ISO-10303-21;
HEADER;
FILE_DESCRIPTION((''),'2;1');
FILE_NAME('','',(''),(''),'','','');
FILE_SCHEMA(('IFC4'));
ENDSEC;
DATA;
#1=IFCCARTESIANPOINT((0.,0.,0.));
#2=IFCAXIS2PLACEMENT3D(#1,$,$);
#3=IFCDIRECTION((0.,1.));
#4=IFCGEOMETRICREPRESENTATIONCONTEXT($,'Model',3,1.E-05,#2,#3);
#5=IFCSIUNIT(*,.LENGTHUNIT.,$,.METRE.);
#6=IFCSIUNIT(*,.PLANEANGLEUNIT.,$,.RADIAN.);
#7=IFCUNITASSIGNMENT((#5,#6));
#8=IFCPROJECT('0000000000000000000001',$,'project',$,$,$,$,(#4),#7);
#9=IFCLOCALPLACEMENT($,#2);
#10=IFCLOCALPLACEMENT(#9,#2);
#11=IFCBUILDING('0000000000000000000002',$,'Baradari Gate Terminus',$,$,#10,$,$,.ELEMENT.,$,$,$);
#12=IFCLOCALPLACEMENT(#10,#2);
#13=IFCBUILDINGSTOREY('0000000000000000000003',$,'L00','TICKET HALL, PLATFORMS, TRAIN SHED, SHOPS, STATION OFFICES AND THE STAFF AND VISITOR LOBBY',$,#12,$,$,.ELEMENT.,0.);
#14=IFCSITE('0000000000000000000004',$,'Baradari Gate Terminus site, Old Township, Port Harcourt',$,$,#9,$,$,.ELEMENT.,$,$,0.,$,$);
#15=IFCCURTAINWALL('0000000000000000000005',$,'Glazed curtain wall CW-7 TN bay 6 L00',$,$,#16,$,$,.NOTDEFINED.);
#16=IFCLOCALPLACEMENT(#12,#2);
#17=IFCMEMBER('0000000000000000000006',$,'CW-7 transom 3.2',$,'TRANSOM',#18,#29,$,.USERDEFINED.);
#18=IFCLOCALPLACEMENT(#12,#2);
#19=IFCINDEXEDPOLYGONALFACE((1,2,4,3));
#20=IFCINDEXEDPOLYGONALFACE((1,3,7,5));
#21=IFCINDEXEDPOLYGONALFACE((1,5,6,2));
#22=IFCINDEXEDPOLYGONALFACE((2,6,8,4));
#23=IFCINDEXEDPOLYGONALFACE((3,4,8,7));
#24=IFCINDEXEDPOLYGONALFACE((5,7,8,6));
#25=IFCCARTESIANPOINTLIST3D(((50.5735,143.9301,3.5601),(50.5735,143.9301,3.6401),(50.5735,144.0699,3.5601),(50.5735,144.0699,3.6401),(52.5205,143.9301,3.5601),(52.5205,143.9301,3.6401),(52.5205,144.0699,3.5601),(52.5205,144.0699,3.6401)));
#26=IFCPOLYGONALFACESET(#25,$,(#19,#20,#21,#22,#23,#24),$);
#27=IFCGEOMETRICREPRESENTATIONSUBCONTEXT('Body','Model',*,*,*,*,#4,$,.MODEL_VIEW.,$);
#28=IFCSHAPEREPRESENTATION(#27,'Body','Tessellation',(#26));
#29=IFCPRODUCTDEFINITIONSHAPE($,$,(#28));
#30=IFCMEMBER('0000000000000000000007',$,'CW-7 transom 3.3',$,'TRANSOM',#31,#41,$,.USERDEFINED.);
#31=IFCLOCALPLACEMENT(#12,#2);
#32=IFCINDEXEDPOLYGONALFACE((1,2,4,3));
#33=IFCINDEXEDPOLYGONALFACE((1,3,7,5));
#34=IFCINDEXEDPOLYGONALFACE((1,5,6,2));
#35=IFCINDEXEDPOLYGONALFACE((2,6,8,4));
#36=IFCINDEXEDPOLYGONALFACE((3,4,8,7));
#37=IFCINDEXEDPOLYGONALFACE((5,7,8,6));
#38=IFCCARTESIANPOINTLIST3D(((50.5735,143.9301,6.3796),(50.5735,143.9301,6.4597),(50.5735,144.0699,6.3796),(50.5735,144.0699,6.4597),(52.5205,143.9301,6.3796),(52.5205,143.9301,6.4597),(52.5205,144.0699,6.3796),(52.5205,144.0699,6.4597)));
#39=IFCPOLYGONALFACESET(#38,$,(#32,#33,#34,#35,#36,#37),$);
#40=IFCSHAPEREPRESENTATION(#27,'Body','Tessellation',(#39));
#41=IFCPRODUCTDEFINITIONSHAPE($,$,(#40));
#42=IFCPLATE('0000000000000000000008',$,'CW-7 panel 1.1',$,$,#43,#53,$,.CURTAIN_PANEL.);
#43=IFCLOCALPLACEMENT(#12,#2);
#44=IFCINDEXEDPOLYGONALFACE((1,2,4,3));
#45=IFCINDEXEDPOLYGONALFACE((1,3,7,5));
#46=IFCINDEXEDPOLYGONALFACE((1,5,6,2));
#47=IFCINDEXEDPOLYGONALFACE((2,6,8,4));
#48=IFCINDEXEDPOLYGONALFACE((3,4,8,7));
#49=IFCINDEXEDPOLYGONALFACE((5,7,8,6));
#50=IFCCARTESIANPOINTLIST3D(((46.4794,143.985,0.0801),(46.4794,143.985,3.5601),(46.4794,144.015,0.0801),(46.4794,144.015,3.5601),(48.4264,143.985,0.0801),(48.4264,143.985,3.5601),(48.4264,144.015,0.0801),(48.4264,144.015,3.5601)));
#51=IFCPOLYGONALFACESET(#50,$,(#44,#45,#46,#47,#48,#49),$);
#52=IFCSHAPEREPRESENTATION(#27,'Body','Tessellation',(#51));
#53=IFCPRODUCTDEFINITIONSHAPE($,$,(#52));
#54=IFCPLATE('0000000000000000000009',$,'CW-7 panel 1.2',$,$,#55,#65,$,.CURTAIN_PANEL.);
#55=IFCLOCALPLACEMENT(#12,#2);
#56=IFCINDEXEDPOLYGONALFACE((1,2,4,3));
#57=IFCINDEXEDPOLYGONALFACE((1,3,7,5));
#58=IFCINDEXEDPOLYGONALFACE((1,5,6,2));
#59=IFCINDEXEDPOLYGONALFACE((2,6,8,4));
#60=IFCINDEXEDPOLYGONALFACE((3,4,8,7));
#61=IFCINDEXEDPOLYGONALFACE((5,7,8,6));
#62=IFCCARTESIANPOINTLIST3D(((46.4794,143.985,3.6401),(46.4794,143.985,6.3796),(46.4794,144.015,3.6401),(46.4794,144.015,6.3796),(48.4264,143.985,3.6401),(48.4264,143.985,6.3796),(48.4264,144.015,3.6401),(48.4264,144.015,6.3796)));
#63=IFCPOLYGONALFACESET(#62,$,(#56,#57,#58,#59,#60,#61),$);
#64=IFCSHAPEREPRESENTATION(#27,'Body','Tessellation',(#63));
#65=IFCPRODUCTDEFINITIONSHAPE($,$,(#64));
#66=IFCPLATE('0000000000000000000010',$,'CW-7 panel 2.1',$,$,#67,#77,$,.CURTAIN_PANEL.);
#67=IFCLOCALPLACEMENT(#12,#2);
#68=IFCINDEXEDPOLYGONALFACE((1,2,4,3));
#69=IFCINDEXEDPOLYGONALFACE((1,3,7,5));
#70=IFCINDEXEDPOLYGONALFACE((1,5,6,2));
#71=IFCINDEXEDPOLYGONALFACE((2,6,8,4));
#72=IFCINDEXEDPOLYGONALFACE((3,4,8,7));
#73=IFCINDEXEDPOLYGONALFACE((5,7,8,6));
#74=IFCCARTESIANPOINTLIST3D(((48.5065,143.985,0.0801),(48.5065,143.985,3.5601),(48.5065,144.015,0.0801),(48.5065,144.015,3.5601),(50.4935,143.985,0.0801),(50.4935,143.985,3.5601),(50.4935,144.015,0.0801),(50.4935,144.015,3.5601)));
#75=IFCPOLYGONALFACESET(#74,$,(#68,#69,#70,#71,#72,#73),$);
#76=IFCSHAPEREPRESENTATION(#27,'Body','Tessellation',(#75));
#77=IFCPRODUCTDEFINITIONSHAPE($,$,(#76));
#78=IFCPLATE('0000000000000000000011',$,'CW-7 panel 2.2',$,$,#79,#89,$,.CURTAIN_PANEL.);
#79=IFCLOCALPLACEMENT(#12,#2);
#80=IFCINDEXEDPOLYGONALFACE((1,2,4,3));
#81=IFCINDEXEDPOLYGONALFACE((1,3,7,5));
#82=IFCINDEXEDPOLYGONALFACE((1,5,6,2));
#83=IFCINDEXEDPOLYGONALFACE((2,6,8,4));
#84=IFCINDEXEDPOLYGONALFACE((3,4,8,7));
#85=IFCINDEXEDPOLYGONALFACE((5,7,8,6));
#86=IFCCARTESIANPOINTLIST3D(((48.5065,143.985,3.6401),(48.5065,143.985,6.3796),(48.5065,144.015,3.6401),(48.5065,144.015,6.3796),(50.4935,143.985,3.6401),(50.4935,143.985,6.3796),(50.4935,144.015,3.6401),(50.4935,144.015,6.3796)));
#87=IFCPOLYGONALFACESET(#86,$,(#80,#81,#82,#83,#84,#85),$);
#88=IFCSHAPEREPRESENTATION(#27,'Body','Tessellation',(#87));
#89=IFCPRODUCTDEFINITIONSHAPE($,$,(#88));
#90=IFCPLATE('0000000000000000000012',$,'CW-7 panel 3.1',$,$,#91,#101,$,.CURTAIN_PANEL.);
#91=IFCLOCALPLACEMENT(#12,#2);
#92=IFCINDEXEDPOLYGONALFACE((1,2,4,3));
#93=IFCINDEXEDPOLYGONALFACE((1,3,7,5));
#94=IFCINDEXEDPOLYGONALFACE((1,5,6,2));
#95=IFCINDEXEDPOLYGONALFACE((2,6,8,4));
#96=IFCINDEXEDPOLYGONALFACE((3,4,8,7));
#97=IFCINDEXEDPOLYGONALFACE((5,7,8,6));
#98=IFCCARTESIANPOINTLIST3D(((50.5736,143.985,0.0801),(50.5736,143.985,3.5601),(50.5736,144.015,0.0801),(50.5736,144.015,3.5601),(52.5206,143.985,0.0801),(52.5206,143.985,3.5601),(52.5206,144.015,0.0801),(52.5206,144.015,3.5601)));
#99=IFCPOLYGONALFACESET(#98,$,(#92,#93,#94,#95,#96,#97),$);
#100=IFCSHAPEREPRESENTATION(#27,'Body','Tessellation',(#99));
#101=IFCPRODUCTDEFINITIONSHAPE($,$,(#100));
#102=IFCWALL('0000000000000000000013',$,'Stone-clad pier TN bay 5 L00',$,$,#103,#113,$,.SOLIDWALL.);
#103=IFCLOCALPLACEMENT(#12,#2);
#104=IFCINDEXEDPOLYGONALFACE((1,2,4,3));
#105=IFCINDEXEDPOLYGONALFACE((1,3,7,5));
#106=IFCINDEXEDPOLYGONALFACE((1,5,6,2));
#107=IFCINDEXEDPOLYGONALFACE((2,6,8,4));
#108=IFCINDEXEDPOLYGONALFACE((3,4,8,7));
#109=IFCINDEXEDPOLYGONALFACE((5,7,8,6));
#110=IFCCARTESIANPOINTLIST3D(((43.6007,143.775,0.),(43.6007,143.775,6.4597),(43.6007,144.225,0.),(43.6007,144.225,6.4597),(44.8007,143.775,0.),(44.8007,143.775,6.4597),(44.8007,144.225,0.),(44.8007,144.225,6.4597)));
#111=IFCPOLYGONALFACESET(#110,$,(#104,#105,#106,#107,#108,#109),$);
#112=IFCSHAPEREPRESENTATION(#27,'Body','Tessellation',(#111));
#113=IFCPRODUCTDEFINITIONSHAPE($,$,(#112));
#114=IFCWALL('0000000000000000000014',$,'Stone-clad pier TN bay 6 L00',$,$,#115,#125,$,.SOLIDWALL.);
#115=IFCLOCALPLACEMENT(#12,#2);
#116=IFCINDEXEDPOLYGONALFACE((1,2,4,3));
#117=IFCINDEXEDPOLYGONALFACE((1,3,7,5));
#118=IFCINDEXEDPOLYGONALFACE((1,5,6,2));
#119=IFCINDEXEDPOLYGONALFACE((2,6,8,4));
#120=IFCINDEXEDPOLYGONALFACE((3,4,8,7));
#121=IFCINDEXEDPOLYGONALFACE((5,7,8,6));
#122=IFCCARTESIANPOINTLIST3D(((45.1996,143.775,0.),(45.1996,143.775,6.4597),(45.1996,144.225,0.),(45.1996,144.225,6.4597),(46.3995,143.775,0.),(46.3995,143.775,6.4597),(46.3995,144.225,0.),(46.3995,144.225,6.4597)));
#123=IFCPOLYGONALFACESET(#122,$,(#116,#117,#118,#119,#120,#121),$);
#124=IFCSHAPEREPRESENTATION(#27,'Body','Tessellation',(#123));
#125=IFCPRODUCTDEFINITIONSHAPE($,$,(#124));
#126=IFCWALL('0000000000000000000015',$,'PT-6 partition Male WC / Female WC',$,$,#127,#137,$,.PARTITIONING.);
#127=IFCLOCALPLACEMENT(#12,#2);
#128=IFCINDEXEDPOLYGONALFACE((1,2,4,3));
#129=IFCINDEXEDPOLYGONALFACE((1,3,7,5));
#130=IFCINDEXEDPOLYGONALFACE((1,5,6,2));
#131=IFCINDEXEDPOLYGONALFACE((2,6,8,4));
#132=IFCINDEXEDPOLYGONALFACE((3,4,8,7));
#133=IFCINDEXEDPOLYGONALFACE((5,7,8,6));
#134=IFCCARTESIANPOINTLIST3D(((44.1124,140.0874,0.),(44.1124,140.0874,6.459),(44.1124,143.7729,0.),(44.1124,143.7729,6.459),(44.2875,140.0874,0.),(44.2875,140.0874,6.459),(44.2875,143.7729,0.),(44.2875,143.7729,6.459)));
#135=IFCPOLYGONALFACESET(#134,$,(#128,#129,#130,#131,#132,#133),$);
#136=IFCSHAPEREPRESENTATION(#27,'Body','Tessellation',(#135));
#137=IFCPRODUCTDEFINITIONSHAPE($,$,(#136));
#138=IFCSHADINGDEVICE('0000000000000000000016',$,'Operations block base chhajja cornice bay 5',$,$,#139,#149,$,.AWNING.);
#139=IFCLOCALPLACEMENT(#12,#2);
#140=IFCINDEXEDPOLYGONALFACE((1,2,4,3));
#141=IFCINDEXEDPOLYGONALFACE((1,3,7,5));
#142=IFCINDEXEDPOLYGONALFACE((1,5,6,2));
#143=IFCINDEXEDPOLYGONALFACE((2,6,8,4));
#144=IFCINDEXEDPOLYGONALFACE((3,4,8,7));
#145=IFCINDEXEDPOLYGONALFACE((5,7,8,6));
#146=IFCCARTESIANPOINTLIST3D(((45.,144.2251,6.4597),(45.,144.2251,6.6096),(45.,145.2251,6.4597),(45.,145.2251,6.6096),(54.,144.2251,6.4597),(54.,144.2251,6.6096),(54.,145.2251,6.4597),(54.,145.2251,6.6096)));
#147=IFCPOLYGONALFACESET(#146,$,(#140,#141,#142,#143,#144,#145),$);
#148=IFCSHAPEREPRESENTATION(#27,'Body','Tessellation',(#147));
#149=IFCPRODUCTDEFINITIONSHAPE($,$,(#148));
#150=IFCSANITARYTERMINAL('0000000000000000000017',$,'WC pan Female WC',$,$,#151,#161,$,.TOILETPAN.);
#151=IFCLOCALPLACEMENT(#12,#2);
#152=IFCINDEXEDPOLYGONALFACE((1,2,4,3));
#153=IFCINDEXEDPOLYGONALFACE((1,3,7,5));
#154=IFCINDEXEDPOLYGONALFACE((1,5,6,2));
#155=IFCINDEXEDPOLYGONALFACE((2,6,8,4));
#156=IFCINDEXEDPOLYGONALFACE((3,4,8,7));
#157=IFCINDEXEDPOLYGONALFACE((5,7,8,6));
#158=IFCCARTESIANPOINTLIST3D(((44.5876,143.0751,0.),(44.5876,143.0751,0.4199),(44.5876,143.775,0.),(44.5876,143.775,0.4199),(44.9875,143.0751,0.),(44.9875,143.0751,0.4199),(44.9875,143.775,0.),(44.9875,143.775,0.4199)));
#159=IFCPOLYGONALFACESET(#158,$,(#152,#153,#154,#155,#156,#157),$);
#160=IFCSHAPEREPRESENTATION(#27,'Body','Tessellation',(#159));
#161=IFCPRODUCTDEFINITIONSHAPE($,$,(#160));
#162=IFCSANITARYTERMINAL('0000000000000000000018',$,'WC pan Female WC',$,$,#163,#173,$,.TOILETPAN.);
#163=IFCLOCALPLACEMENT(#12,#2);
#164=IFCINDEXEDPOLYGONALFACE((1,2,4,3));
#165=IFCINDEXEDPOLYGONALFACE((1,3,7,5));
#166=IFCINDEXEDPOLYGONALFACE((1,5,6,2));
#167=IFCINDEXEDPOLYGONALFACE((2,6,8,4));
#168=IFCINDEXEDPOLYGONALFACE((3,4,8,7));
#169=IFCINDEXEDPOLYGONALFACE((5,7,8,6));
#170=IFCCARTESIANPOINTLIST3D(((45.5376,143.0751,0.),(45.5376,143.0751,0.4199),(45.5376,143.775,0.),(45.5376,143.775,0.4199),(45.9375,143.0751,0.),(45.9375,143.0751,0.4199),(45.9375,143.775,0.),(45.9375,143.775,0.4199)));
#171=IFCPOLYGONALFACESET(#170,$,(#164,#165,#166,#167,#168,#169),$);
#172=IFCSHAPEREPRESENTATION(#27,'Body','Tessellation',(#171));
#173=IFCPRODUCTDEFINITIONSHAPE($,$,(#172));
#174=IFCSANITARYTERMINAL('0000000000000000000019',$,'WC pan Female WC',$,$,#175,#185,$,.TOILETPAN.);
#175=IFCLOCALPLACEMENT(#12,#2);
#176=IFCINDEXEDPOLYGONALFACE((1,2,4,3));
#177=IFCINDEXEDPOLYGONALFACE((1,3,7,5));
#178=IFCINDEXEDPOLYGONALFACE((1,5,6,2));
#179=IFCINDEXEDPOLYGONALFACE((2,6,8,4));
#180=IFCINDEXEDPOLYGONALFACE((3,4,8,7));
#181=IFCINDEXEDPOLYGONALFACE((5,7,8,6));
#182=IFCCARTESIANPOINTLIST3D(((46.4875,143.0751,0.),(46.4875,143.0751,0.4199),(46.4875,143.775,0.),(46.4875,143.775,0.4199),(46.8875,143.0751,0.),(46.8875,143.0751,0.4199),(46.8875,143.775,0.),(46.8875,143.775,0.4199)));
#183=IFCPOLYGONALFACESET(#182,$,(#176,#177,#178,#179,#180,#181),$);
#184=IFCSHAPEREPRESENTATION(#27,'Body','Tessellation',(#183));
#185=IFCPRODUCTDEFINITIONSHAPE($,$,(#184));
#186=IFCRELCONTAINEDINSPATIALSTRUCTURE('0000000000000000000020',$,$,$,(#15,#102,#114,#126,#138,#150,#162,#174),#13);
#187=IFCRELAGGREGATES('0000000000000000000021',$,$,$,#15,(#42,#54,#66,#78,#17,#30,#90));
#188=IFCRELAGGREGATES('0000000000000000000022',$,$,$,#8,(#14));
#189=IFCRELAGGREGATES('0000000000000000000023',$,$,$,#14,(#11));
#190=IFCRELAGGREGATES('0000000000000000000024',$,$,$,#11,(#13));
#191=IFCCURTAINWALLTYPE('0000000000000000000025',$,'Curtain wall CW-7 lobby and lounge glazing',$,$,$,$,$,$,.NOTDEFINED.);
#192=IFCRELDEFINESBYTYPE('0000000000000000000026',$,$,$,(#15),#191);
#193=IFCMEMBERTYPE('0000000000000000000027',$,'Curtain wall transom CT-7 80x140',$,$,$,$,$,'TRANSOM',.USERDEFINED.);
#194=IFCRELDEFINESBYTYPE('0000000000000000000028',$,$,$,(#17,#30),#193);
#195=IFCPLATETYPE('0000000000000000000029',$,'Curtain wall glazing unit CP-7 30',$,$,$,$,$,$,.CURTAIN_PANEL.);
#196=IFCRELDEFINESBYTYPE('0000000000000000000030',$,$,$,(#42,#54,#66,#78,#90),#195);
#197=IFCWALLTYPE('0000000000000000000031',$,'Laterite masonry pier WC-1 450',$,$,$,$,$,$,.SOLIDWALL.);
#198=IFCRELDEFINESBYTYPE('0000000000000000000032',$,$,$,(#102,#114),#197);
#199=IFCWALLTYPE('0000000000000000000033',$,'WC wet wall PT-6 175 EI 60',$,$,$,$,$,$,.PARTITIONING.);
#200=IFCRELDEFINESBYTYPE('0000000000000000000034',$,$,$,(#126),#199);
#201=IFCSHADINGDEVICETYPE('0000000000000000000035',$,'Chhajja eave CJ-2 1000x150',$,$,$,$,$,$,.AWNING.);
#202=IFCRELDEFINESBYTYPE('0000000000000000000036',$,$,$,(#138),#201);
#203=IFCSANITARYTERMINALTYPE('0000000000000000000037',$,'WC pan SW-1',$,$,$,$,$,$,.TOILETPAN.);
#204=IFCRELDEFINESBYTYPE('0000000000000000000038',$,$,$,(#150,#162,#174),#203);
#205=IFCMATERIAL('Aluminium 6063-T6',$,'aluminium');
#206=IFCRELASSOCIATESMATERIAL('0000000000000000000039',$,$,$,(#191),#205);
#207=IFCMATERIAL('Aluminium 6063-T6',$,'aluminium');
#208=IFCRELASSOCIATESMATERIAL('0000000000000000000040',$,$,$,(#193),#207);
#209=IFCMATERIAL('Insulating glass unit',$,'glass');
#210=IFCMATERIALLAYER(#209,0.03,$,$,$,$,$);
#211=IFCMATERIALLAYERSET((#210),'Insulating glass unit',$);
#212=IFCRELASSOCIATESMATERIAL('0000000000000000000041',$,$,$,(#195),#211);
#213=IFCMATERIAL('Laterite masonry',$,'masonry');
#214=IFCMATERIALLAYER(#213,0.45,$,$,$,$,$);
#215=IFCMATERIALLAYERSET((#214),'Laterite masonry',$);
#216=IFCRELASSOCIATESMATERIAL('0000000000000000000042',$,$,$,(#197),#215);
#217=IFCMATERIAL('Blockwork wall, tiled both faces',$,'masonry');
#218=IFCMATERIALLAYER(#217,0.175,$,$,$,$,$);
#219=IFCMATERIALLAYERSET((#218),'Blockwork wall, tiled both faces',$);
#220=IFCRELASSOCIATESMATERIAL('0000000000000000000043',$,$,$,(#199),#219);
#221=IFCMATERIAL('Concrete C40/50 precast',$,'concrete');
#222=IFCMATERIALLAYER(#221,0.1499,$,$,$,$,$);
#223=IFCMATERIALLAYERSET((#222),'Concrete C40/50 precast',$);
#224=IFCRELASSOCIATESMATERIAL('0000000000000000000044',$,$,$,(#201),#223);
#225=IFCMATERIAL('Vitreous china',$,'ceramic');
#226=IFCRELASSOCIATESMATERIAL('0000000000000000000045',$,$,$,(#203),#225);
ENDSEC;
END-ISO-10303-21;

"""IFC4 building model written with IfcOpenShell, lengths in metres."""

from ifc_helpers import new_model, si_unit, direction, frame, frame_2d, origin, origin_2d, place, context, subcontext, project, spatial, rectangle, extrude, material, layer, layer_set, material_profile, profile_set, type_object, element, aggregate, save


model = new_model("IFC4")

# Units and contexts
model_context = context("Model", 3, precision=1e-05, world=origin(), true_north=direction((0.0, 1.0)))
body_context = subcontext(model_context, "Body", "Model", "MODEL_VIEW")
ifc_project = project(units=[si_unit("LENGTHUNIT", "METRE"), si_unit("PLANEANGLEUNIT", "RADIAN")], contexts=[model_context])

# Site, building, storey
site_placement = place(None, origin())
site = spatial("IfcSite", under=ifc_project, at=site_placement, Name="Baradari Gate Terminus site, Old Township, Port Harcourt", CompositionType="ELEMENT", RefElevation=0.0)
building_placement = place(site_placement, origin())
building = spatial("IfcBuilding", under=site, at=building_placement, Name="Baradari Gate Terminus", CompositionType="ELEMENT")
storey_placement = place(building_placement, origin())
storey = spatial("IfcBuildingStorey", under=building, at=storey_placement, Name="L00", Description="TICKET HALL, PLATFORMS, TRAIN SHED, SHOPS, STATION OFFICES AND THE STAFF AND VISITOR LOBBY", CompositionType="ELEMENT", Elevation=0.0)

# Shared definitions
ifc_material_1 = material(Name="Aluminium 6063-T6", Category="aluminium")
curtain_wall_type = type_object("IfcCurtainWallType", Name="Curtain wall CW-7 lobby and lounge glazing", PredefinedType="NOTDEFINED", material=ifc_material_1)

# Curtain wall, members, plates
curtain_wall_1_placement = place(storey_placement, origin())
curtain_wall_1 = element("IfcCurtainWall", 1, at=curtain_wall_1_placement, inside=storey, type_object=curtain_wall_type, Name="Glazed curtain wall CW-7 TN bay 6 L00", PredefinedType="NOTDEFINED")
ifc_material_2 = material(Name="Aluminium 6063-T6", Category="aluminium")
ifc_material_profile_1 = material_profile(ifc_material_2, rectangle(XDim=0.1399, YDim=0.0801, at=origin_2d()), Name="CT-7 80X140")
ifc_profile_set_1 = profile_set([ifc_material_profile_1], Name="Aluminium 6063-T6")
member_type_1 = type_object("IfcMemberType", Name="Curtain wall transom CT-7 80x140", ElementType="TRANSOM", PredefinedType="USERDEFINED", material=ifc_profile_set_1)
member_1_placement = place(storey_placement, frame((50.5735, 144.0, 3.6001), z_axis=(1.0, 0.0, 0.0), x_axis=(0.0, 1.0, 0.0)))
member_1 = element("IfcMember", 2, at=member_1_placement, type_object=member_type_1, Name="CW-7 transom 3.2", ObjectType="TRANSOM", PredefinedType="USERDEFINED", context=body_context, shape_type="SweptSolid", body=[
    extrude(rectangle(XDim=0.1399, YDim=0.0801, at=origin_2d()), origin(), (0.0, 0.0, 1.0), 1.947),
])
member_2_placement = place(storey_placement, frame((50.5735, 144.0, 6.4197), z_axis=(1.0, 0.0, 0.0), x_axis=(0.0, 1.0, 0.0)))
member_2 = element("IfcMember", 3, at=member_2_placement, type_object=member_type_1, Name="CW-7 transom 3.3", ObjectType="TRANSOM", PredefinedType="USERDEFINED", context=body_context, shape_type="SweptSolid", body=[
    extrude(rectangle(XDim=0.1399, YDim=0.0801, at=origin_2d()), origin(), (0.0, 0.0, 1.0), 1.947),
])
ifc_material_3 = material(Name="Insulating glass unit", Category="glass")
ifc_layer_1 = layer(ifc_material_3, 0.03)
ifc_layer_set_1 = layer_set([ifc_layer_1], Name="Insulating glass unit")
plate_type = type_object("IfcPlateType", Name="Curtain wall glazing unit CP-7 30", PredefinedType="CURTAIN_PANEL", material=ifc_layer_set_1)
plate_1_placement = place(storey_placement, frame((47.4529, 144.0, 0.0801), z_axis=(0.0, 0.0, 1.0), x_axis=(1.0, 0.0, 0.0)))
plate_1 = element("IfcPlate", 4, at=plate_1_placement, type_object=plate_type, Name="CW-7 panel 1.1", PredefinedType="CURTAIN_PANEL", context=body_context, shape_type="SweptSolid", body=[
    extrude(rectangle(XDim=1.947, YDim=0.03, at=origin_2d()), origin(), (0.0, 0.0, 1.0), 3.48),
])
plate_2_placement = place(storey_placement, frame((47.4529, 144.0, 3.6401), z_axis=(0.0, 0.0, 1.0), x_axis=(1.0, 0.0, 0.0)))
plate_2 = element("IfcPlate", 5, at=plate_2_placement, type_object=plate_type, Name="CW-7 panel 1.2", PredefinedType="CURTAIN_PANEL", context=body_context, shape_type="SweptSolid", body=[
    extrude(rectangle(XDim=1.947, YDim=0.03, at=origin_2d()), origin(), (0.0, 0.0, 1.0), 2.7395),
])
plate_3_placement = place(storey_placement, frame((49.5, 144.0, 0.0801), z_axis=(0.0, 0.0, 1.0), x_axis=(1.0, 0.0, 0.0)))
plate_3 = element("IfcPlate", 6, at=plate_3_placement, type_object=plate_type, Name="CW-7 panel 2.1", PredefinedType="CURTAIN_PANEL", context=body_context, shape_type="SweptSolid", body=[
    extrude(rectangle(XDim=1.9871, YDim=0.03, at=origin_2d()), origin(), (0.0, 0.0, 1.0), 3.48),
])
plate_4_placement = place(storey_placement, frame((49.5, 144.0, 3.6401), z_axis=(0.0, 0.0, 1.0), x_axis=(1.0, 0.0, 0.0)))
plate_4 = element("IfcPlate", 7, at=plate_4_placement, type_object=plate_type, Name="CW-7 panel 2.2", PredefinedType="CURTAIN_PANEL", context=body_context, shape_type="SweptSolid", body=[
    extrude(rectangle(XDim=1.9871, YDim=0.03, at=origin_2d()), origin(), (0.0, 0.0, 1.0), 2.7395),
])
plate_5_placement = place(storey_placement, frame((51.5471, 144.0, 0.0801), z_axis=(0.0, 0.0, 1.0), x_axis=(1.0, 0.0, 0.0)))
plate_5 = element("IfcPlate", 8, at=plate_5_placement, type_object=plate_type, Name="CW-7 panel 3.1", PredefinedType="CURTAIN_PANEL", context=body_context, shape_type="SweptSolid", body=[
    extrude(rectangle(XDim=1.947, YDim=0.03, at=origin_2d()), origin(), (0.0, 0.0, 1.0), 3.48),
])
aggregate(curtain_wall_1, [plate_1, plate_2, plate_3, plate_4, member_1, member_2, plate_5])

# Walls
ifc_material_4 = material(Name="Laterite masonry", Category="masonry")
ifc_layer_2 = layer(ifc_material_4, 0.45)
ifc_layer_set_2 = layer_set([ifc_layer_2], Name="Laterite masonry")
wall_type_1 = type_object("IfcWallType", Name="Laterite masonry pier WC-1 450", PredefinedType="SOLIDWALL", material=ifc_layer_set_2)
for number, where, z_axis, x_axis, name in (
    (9, (43.6006, 144.0, 0.0), (0.0, 0.0, 1.0), (1.0, 0.0, 0.0), "Stone-clad pier TN bay 5 L00"),
    (10, (45.1995, 144.0, 0.0), (0.0, 0.0, 1.0), (1.0, 0.0, 0.0), "Stone-clad pier TN bay 6 L00"),
):
    element("IfcWall", number, at=place(storey_placement, frame(where, z_axis=z_axis, x_axis=x_axis)), inside=storey, type_object=wall_type_1, Name=name, PredefinedType="SOLIDWALL", context=body_context, shape_type="SweptSolid", body=[
        extrude(rectangle(XDim=1.2, YDim=0.45, at=frame_2d((0.6001, 0.0))), origin(), (0.0, 0.0, 1.0), 6.4597),
    ])
ifc_material_5 = material(Name="Blockwork wall, tiled both faces", Category="masonry")
ifc_layer_3 = layer(ifc_material_5, 0.175)
ifc_layer_set_3 = layer_set([ifc_layer_3], Name="Blockwork wall, tiled both faces")
wall_type_2 = type_object("IfcWallType", Name="WC wet wall PT-6 175 EI 60", PredefinedType="PARTITIONING", material=ifc_layer_set_3)
wall_placement = place(storey_placement, frame((44.2, 143.7729, 0.0), z_axis=(0.0, 0.0, 1.0), x_axis=(0.0, -1.0, 0.0)))
element("IfcWall", 11, at=wall_placement, inside=storey, type_object=wall_type_2, Name="PT-6 partition Male WC / Female WC", PredefinedType="PARTITIONING", context=body_context, shape_type="SweptSolid", body=[
    extrude(rectangle(XDim=3.6855, YDim=0.175, at=frame_2d((1.8428, 0.0))), origin(), (0.0, 0.0, 1.0), 6.459),
])

# Shading device
ifc_material_6 = material(Name="Concrete C40/50 precast", Category="concrete")
ifc_layer_4 = layer(ifc_material_6, 0.1499)
ifc_layer_set_4 = layer_set([ifc_layer_4], Name="Concrete C40/50 precast")
shading_device_type = type_object("IfcShadingDeviceType", Name="Chhajja eave CJ-2 1000x150", PredefinedType="AWNING", material=ifc_layer_set_4)
shading_device_placement = place(storey_placement, frame((49.5, 144.7251, 6.4597), z_axis=(0.0, 0.0, 1.0), x_axis=(1.0, 0.0, 0.0)))
element("IfcShadingDevice", 12, at=shading_device_placement, inside=storey, type_object=shading_device_type, Name="Operations block base chhajja cornice bay 5", PredefinedType="AWNING", context=body_context, shape_type="SweptSolid", body=[
    extrude(rectangle(XDim=9.0, YDim=1.0, at=origin_2d()), origin(), (0.0, 0.0, 1.0), 0.1499),
])

# Sanitary terminals
ifc_material_7 = material(Name="Vitreous china", Category="ceramic")
sanitary_terminal_type = type_object("IfcSanitaryTerminalType", Name="WC pan SW-1", PredefinedType="TOILETPAN", material=ifc_material_7)
for number, where, z_axis, x_axis, name in (
    (13, (44.7876, 143.425, 0.0), (0.0, 0.0, 1.0), (1.0, 0.0, 0.0), "WC pan Female WC"),
    (14, (45.7375, 143.425, 0.0), (0.0, 0.0, 1.0), (1.0, 0.0, 0.0), "WC pan Female WC"),
    (15, (46.6875, 143.425, 0.0), (0.0, 0.0, 1.0), (1.0, 0.0, 0.0), "WC pan Female WC"),
):
    element("IfcSanitaryTerminal", number, at=place(storey_placement, frame(where, z_axis=z_axis, x_axis=x_axis)), inside=storey, type_object=sanitary_terminal_type, Name=name, PredefinedType="TOILETPAN", context=body_context, shape_type="SweptSolid", body=[
        extrude(rectangle(XDim=0.3999, YDim=0.7, at=origin_2d()), origin(), (0.0, 0.0, 1.0), 0.4199),
    ])

save(model, "model.ifc")
